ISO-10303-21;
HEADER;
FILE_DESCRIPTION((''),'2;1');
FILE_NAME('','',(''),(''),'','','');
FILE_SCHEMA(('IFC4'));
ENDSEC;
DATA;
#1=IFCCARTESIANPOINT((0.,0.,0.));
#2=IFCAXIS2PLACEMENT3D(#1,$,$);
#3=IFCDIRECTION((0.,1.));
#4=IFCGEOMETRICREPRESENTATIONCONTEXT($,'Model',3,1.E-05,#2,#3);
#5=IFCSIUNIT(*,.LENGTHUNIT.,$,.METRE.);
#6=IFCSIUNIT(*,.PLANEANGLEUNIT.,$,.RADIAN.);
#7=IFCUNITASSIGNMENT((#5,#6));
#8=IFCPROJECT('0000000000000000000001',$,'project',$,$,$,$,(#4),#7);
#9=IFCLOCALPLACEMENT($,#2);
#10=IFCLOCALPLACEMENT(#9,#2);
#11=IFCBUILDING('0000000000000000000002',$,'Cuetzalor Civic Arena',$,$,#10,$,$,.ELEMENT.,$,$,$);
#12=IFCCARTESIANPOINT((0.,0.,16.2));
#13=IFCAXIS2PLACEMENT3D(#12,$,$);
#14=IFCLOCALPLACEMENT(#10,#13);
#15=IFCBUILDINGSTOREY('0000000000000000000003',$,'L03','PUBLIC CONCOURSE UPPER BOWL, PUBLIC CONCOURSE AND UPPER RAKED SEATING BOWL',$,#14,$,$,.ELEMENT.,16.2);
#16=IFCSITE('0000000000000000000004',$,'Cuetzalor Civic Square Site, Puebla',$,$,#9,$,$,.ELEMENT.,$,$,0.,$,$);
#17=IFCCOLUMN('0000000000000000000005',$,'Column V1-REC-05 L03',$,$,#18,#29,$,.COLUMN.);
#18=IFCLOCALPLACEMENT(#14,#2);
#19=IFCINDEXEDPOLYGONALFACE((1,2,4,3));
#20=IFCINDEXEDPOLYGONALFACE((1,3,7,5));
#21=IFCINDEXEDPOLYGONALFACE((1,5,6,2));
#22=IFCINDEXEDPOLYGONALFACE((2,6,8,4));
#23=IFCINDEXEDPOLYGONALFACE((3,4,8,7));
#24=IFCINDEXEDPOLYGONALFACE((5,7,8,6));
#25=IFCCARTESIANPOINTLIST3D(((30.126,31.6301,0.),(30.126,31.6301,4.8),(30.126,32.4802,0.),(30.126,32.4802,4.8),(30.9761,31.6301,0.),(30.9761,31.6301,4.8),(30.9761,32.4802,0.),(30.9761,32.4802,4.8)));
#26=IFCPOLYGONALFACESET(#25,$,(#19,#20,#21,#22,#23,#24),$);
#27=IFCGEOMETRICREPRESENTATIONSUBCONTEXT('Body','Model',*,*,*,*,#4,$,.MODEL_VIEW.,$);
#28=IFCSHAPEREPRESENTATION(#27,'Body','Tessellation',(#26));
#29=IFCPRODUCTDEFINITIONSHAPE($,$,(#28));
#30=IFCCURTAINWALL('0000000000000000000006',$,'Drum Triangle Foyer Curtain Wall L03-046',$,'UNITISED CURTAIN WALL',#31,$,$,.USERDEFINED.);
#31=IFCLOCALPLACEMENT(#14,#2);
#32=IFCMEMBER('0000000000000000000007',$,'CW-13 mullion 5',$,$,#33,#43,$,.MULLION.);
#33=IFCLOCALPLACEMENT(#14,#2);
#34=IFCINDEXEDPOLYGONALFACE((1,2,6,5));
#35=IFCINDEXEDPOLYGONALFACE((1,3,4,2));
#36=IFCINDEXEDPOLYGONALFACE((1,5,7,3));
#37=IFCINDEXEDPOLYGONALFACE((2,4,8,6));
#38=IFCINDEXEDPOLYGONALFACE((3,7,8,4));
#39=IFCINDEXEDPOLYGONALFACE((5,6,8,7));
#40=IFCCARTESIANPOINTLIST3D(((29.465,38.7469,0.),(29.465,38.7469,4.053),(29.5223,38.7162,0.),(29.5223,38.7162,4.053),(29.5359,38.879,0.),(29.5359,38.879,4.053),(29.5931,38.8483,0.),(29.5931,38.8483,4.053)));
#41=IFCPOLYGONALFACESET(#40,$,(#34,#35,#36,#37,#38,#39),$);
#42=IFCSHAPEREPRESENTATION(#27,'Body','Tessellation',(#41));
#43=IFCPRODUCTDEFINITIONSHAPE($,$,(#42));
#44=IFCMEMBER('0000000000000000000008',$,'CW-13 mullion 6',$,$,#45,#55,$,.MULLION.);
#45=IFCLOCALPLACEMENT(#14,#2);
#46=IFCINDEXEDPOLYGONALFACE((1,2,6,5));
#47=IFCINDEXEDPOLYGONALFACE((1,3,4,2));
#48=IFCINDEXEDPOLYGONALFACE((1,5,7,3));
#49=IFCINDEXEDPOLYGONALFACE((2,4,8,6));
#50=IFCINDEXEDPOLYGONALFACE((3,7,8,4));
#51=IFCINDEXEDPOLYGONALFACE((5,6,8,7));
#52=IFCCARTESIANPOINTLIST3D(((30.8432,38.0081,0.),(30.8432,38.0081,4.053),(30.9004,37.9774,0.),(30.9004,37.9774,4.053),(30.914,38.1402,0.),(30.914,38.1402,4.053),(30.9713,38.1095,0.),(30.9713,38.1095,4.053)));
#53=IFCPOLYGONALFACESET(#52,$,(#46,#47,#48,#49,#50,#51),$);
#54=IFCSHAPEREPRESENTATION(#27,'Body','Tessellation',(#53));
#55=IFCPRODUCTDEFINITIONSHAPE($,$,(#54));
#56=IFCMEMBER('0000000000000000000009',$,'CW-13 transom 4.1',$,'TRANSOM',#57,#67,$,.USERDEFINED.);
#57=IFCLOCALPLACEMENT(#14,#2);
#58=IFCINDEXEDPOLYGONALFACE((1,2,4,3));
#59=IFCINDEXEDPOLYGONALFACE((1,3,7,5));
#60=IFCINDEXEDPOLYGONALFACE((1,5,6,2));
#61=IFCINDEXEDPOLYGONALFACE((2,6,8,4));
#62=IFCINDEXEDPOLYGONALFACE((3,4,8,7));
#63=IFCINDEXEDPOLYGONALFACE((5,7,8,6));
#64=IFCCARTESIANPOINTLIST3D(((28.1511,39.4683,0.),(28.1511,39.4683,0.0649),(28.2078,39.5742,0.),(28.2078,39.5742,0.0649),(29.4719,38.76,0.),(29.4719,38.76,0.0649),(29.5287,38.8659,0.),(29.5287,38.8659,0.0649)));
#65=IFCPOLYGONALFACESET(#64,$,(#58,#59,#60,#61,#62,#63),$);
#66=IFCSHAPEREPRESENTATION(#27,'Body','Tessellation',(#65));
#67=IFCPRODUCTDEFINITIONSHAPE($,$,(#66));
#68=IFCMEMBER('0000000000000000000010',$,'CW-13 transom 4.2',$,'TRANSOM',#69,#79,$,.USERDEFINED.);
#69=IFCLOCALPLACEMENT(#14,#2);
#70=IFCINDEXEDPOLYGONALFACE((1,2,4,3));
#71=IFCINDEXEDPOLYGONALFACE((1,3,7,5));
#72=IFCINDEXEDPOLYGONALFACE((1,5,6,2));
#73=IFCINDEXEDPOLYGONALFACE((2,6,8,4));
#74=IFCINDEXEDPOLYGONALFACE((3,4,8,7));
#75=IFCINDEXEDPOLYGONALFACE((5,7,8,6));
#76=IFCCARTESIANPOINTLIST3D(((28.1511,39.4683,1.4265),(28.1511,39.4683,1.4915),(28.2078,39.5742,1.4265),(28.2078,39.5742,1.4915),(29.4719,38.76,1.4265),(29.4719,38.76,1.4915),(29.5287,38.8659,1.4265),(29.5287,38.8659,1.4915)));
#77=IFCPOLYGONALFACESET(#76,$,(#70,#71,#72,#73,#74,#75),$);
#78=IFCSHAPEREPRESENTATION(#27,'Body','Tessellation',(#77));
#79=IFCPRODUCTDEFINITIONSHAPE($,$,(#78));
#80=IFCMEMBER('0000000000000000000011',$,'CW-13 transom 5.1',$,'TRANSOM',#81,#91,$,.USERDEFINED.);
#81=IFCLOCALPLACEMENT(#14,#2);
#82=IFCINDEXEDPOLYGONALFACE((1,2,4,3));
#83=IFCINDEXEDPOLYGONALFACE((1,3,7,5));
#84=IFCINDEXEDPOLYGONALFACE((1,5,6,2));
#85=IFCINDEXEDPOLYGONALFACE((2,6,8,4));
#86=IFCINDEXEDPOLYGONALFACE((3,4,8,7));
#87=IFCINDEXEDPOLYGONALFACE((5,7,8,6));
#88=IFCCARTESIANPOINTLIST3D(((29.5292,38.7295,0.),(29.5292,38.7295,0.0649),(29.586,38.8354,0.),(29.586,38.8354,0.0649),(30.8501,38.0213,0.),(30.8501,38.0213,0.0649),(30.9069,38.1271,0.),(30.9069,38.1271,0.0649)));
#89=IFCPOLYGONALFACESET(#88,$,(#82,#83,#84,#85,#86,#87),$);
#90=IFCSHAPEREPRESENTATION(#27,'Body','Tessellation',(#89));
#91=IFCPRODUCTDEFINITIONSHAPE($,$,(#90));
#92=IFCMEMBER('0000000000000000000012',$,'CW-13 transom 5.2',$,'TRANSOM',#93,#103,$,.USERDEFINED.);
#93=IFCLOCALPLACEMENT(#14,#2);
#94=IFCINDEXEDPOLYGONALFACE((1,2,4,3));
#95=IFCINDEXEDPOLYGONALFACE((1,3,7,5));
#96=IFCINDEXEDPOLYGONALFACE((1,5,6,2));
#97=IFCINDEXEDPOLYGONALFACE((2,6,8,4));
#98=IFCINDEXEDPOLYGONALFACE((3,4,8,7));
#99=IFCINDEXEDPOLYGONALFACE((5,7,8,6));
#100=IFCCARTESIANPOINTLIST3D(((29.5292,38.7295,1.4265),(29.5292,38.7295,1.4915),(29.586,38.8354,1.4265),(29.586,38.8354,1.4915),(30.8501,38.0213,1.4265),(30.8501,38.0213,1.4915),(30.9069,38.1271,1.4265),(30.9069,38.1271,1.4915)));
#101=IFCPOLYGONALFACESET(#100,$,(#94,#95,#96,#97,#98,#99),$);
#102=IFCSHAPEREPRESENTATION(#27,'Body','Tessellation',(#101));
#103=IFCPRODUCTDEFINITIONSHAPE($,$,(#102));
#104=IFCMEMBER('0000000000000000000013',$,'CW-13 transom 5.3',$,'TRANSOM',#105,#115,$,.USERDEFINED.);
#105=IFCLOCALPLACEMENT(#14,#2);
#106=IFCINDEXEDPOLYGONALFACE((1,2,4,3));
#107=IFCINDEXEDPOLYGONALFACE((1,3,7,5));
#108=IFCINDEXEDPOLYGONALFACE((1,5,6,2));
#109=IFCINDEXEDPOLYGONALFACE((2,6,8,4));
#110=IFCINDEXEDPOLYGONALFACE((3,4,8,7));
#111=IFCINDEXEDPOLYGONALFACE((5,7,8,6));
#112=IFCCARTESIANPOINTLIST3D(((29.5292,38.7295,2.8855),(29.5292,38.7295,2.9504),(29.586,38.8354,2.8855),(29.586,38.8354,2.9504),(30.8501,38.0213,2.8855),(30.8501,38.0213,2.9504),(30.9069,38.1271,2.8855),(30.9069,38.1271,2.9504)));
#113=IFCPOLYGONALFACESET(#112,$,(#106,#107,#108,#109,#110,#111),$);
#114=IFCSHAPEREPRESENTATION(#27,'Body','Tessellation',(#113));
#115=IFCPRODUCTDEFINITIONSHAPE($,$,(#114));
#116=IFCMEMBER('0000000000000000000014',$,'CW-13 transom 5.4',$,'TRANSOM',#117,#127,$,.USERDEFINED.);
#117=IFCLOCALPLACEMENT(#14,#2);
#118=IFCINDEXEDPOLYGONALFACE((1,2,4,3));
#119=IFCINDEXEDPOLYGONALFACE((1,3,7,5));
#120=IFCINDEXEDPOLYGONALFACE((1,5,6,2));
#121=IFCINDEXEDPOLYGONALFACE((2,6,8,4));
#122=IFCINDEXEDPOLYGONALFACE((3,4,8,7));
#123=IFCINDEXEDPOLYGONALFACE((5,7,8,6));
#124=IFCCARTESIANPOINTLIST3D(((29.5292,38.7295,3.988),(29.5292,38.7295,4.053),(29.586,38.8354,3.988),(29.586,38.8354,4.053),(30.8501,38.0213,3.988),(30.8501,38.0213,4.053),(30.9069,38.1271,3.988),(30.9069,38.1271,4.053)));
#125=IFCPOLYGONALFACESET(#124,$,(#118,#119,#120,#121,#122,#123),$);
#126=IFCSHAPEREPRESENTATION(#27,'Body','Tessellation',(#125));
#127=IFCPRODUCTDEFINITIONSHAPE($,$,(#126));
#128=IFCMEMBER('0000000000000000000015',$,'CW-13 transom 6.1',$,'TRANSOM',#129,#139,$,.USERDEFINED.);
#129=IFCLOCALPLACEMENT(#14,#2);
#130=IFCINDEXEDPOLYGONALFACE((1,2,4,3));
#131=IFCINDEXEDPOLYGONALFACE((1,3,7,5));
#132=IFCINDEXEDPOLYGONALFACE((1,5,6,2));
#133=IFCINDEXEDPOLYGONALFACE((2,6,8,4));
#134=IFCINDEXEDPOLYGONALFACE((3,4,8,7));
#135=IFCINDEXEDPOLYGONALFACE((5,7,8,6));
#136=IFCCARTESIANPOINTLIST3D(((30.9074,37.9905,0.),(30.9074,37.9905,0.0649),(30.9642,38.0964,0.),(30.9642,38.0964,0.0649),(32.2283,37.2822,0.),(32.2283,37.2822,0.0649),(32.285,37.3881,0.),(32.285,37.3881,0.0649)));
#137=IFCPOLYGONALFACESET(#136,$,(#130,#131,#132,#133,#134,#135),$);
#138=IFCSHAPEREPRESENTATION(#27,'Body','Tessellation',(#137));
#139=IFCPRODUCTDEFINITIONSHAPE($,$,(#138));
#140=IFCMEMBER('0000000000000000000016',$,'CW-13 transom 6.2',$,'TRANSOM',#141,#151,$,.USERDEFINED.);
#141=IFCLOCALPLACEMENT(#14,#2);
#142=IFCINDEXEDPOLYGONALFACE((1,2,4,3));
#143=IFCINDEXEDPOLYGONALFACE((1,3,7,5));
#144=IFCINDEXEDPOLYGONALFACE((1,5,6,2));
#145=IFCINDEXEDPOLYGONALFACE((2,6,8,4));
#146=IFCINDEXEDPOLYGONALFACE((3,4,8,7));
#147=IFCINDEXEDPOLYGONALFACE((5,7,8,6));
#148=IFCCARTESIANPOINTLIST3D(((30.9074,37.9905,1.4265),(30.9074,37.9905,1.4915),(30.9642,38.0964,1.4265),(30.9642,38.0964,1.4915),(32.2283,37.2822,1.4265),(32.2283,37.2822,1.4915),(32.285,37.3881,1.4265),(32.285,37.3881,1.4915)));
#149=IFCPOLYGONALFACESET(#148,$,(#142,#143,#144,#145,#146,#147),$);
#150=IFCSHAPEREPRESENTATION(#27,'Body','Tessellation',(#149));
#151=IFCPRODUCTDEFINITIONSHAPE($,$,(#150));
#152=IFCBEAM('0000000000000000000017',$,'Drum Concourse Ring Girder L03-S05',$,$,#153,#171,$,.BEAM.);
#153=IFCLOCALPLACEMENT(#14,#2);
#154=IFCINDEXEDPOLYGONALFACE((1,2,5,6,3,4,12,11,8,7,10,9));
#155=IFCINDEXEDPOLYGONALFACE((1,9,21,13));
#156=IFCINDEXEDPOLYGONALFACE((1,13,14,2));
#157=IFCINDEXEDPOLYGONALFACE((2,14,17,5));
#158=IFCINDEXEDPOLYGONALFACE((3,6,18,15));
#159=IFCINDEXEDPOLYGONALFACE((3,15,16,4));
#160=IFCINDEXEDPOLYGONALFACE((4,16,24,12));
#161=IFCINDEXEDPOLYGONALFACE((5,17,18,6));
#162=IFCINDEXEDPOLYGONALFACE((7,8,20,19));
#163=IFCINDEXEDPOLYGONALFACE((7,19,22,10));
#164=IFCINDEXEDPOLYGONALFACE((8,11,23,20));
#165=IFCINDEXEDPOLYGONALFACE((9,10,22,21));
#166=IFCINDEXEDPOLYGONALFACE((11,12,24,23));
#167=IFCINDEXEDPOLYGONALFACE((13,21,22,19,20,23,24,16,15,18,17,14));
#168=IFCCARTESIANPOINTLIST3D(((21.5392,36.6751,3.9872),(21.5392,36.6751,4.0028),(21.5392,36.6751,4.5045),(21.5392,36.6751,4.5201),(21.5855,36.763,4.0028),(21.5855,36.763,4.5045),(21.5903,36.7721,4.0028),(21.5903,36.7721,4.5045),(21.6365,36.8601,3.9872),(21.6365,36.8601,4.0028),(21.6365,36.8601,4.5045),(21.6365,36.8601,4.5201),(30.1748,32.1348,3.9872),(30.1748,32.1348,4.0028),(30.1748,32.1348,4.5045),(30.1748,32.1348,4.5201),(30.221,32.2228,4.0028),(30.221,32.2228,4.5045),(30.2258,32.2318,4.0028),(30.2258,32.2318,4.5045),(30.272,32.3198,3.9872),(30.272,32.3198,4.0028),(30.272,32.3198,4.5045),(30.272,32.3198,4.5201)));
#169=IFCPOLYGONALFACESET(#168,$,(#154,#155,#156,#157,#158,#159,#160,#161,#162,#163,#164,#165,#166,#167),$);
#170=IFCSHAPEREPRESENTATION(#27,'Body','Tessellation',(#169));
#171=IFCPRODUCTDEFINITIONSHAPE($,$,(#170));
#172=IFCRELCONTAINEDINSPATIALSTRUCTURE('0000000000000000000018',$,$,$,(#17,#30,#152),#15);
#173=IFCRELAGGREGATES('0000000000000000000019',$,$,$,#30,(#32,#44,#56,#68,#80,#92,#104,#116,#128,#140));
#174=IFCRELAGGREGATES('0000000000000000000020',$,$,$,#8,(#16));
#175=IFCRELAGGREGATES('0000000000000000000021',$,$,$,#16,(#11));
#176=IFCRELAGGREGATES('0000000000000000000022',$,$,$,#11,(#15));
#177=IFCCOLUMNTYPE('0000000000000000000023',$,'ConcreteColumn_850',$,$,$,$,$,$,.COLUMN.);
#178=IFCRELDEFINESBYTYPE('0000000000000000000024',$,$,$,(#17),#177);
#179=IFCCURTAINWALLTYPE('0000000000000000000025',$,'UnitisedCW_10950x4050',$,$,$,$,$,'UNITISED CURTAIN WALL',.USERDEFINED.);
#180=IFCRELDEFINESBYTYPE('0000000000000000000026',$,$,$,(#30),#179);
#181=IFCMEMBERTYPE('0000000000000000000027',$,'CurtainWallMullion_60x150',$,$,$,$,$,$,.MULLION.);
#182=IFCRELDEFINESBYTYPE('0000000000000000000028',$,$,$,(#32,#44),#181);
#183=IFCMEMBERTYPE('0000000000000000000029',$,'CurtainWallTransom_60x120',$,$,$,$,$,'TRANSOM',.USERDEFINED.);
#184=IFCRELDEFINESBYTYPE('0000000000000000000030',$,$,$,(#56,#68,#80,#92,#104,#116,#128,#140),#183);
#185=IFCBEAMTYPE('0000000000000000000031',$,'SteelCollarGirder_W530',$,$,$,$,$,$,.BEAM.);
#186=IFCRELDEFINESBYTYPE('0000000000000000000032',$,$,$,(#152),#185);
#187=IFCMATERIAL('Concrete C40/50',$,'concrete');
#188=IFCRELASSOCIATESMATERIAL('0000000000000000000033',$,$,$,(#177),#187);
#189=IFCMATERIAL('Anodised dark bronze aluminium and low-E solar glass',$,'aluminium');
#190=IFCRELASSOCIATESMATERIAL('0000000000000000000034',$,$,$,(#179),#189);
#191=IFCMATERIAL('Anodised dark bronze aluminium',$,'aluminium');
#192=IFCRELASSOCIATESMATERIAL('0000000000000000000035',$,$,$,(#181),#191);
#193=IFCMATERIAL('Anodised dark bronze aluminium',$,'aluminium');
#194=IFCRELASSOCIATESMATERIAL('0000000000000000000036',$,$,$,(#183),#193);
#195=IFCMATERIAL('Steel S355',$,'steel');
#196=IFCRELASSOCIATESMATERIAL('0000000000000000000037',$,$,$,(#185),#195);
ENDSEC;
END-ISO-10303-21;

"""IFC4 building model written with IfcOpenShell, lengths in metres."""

from ifc_helpers import new_model, si_unit, direction, frame, origin, origin_2d, place, context, subcontext, project, spatial, rectangle, i_section, extrude, material, material_profile, profile_set, type_object, element, aggregate, save


model = new_model("IFC4")

# Units and contexts
model_context = context("Model", 3, precision=1e-05, world=origin(), true_north=direction((0.0, 1.0)))
body_context = subcontext(model_context, "Body", "Model", "MODEL_VIEW")
ifc_project = project(units=[si_unit("LENGTHUNIT", "METRE"), si_unit("PLANEANGLEUNIT", "RADIAN")], contexts=[model_context])

# Site, building, storey
site_placement = place(None, origin())
site = spatial("IfcSite", under=ifc_project, at=site_placement, Name="Cuetzalor Civic Square Site, Puebla", CompositionType="ELEMENT", RefElevation=0.0)
building_placement = place(site_placement, origin())
building = spatial("IfcBuilding", under=site, at=building_placement, Name="Cuetzalor Civic Arena", CompositionType="ELEMENT")
storey_placement = place(building_placement, frame((0.0, 0.0, 16.2)))
storey = spatial("IfcBuildingStorey", under=building, at=storey_placement, Name="L03", Description="PUBLIC CONCOURSE UPPER BOWL, PUBLIC CONCOURSE AND UPPER RAKED SEATING BOWL", CompositionType="ELEMENT", Elevation=16.2)

# Column
ifc_material_1 = material(Name="Concrete C40/50", Category="concrete")
ifc_material_profile_1 = material_profile(ifc_material_1, rectangle(XDim=0.8501, YDim=0.8501, at=origin_2d()), Name="RC 850x850")
ifc_profile_set_1 = profile_set([ifc_material_profile_1], Name="Concrete C40/50")
column_type = type_object("IfcColumnType", Name="ConcreteColumn_850", PredefinedType="COLUMN", material=ifc_profile_set_1)
column_placement = place(storey_placement, frame((30.551, 32.0552, 0.0), z_axis=(0.0, 0.0, 1.0), x_axis=(1.0, 0.0, 0.0)))
element("IfcColumn", 1, at=column_placement, inside=storey, type_object=column_type, Name="Column V1-REC-05 L03", PredefinedType="COLUMN", context=body_context, shape_type="SweptSolid", body=[
    extrude(rectangle(XDim=0.8501, YDim=0.8501, at=origin_2d()), origin(), (0.0, 0.0, 1.0), 4.8),
])

# Curtain wall, members
ifc_material_2 = material(Name="Anodised dark bronze aluminium and low-E solar glass", Category="aluminium")
curtain_wall_type = type_object("IfcCurtainWallType", Name="UnitisedCW_10950x4050", ElementType="UNITISED CURTAIN WALL", PredefinedType="USERDEFINED", material=ifc_material_2)
curtain_wall_placement = place(storey_placement, origin())
curtain_wall = element("IfcCurtainWall", 2, at=curtain_wall_placement, inside=storey, type_object=curtain_wall_type, Name="Drum Triangle Foyer Curtain Wall L03-046", ObjectType="UNITISED CURTAIN WALL", PredefinedType="USERDEFINED")
ifc_material_3 = material(Name="Anodised dark bronze aluminium", Category="aluminium")
ifc_material_profile_2 = material_profile(ifc_material_3, rectangle(XDim=0.0649, YDim=0.1499, at=origin_2d()), Name="ALU MULLION 65x150")
ifc_profile_set_2 = profile_set([ifc_material_profile_2], Name="Anodised dark bronze aluminium")
member_type_1 = type_object("IfcMemberType", Name="CurtainWallMullion_60x150", PredefinedType="MULLION", material=ifc_profile_set_2)
member_1_placement = place(storey_placement, frame((29.5291, 38.7976, 0.0), z_axis=(0.0, 0.0, 1.0), x_axis=(0.881306, -0.472545, 0.0)))
member_1 = element("IfcMember", 3, at=member_1_placement, type_object=member_type_1, Name="CW-13 mullion 5", PredefinedType="MULLION", context=body_context, shape_type="SweptSolid", body=[
    extrude(rectangle(XDim=0.0649, YDim=0.1499, at=origin_2d()), origin(), (0.0, 0.0, 1.0), 4.053),
])
member_2_placement = place(storey_placement, frame((30.9072, 38.0588, 0.0), z_axis=(0.0, 0.0, 1.0), x_axis=(0.881306, -0.472545, 0.0)))
member_2 = element("IfcMember", 4, at=member_2_placement, type_object=member_type_1, Name="CW-13 mullion 6", PredefinedType="MULLION", context=body_context, shape_type="SweptSolid", body=[
    extrude(rectangle(XDim=0.0649, YDim=0.1499, at=origin_2d()), origin(), (0.0, 0.0, 1.0), 4.053),
])
ifc_material_4 = material(Name="Anodised dark bronze aluminium", Category="aluminium")
ifc_material_profile_3 = material_profile(ifc_material_4, rectangle(XDim=0.1201, YDim=0.0649, at=origin_2d()), Name="ALU TRANSOM 65x120")
ifc_profile_set_3 = profile_set([ifc_material_profile_3], Name="Anodised dark bronze aluminium")
member_type_2 = type_object("IfcMemberType", Name="CurtainWallTransom_60x120", ElementType="TRANSOM", PredefinedType="USERDEFINED", material=ifc_profile_set_3)
member_3_placement = place(storey_placement, frame((28.1794, 39.5212, 0.0325), z_axis=(0.881291, -0.472574, 0.0), x_axis=(0.472574, 0.881291, 0.0)))
member_3 = element("IfcMember", 5, at=member_3_placement, type_object=member_type_2, Name="CW-13 transom 4.1", ObjectType="TRANSOM", PredefinedType="USERDEFINED", context=body_context, shape_type="SweptSolid", body=[
    extrude(rectangle(XDim=0.1201, YDim=0.0649, at=origin_2d()), origin(), (0.0, 0.0, 1.0), 1.4988),
])
member_4_placement = place(storey_placement, frame((28.1794, 39.5212, 1.459), z_axis=(0.881291, -0.472574, 0.0), x_axis=(0.472574, 0.881291, 0.0)))
member_4 = element("IfcMember", 6, at=member_4_placement, type_object=member_type_2, Name="CW-13 transom 4.2", ObjectType="TRANSOM", PredefinedType="USERDEFINED", context=body_context, shape_type="SweptSolid", body=[
    extrude(rectangle(XDim=0.1201, YDim=0.0649, at=origin_2d()), origin(), (0.0, 0.0, 1.0), 1.4988),
])
member_5_placement = place(storey_placement, frame((29.5576, 38.7825, 0.0325), z_axis=(0.881291, -0.472574, 0.0), x_axis=(0.472574, 0.881291, 0.0)))
member_5 = element("IfcMember", 7, at=member_5_placement, type_object=member_type_2, Name="CW-13 transom 5.1", ObjectType="TRANSOM", PredefinedType="USERDEFINED", context=body_context, shape_type="SweptSolid", body=[
    extrude(rectangle(XDim=0.1201, YDim=0.0649, at=origin_2d()), origin(), (0.0, 0.0, 1.0), 1.4988),
])
member_6_placement = place(storey_placement, frame((29.5576, 38.7825, 1.459), z_axis=(0.881291, -0.472574, 0.0), x_axis=(0.472574, 0.881291, 0.0)))
member_6 = element("IfcMember", 8, at=member_6_placement, type_object=member_type_2, Name="CW-13 transom 5.2", ObjectType="TRANSOM", PredefinedType="USERDEFINED", context=body_context, shape_type="SweptSolid", body=[
    extrude(rectangle(XDim=0.1201, YDim=0.0649, at=origin_2d()), origin(), (0.0, 0.0, 1.0), 1.4988),
])
member_7_placement = place(storey_placement, frame((29.5576, 38.7825, 2.918), z_axis=(0.881291, -0.472574, 0.0), x_axis=(0.472574, 0.881291, 0.0)))
member_7 = element("IfcMember", 9, at=member_7_placement, type_object=member_type_2, Name="CW-13 transom 5.3", ObjectType="TRANSOM", PredefinedType="USERDEFINED", context=body_context, shape_type="SweptSolid", body=[
    extrude(rectangle(XDim=0.1201, YDim=0.0649, at=origin_2d()), origin(), (0.0, 0.0, 1.0), 1.4988),
])
member_8_placement = place(storey_placement, frame((29.5576, 38.7825, 4.0205), z_axis=(0.881291, -0.472574, 0.0), x_axis=(0.472574, 0.881291, 0.0)))
member_8 = element("IfcMember", 10, at=member_8_placement, type_object=member_type_2, Name="CW-13 transom 5.4", ObjectType="TRANSOM", PredefinedType="USERDEFINED", context=body_context, shape_type="SweptSolid", body=[
    extrude(rectangle(XDim=0.1201, YDim=0.0649, at=origin_2d()), origin(), (0.0, 0.0, 1.0), 1.4988),
])
member_9_placement = place(storey_placement, frame((30.9358, 38.0435, 0.0325), z_axis=(0.881291, -0.472574, 0.0), x_axis=(0.472574, 0.881291, 0.0)))
member_9 = element("IfcMember", 11, at=member_9_placement, type_object=member_type_2, Name="CW-13 transom 6.1", ObjectType="TRANSOM", PredefinedType="USERDEFINED", context=body_context, shape_type="SweptSolid", body=[
    extrude(rectangle(XDim=0.1201, YDim=0.0649, at=origin_2d()), origin(), (0.0, 0.0, 1.0), 1.4988),
])
member_10_placement = place(storey_placement, frame((30.9358, 38.0435, 1.459), z_axis=(0.881291, -0.472574, 0.0), x_axis=(0.472574, 0.881291, 0.0)))
member_10 = element("IfcMember", 12, at=member_10_placement, type_object=member_type_2, Name="CW-13 transom 6.2", ObjectType="TRANSOM", PredefinedType="USERDEFINED", context=body_context, shape_type="SweptSolid", body=[
    extrude(rectangle(XDim=0.1201, YDim=0.0649, at=origin_2d()), origin(), (0.0, 0.0, 1.0), 1.4988),
])

# Beam
ifc_material_5 = material(Name="Steel S355", Category="steel")
ifc_material_profile_4 = material_profile(ifc_material_5, i_section(OverallWidth=0.209, OverallDepth=0.533, WebThickness=0.0103, FlangeThickness=0.0156, at=origin_2d()), Name="W530x92")
ifc_profile_set_4 = profile_set([ifc_material_profile_4], Name="Steel S355")
beam_type_1 = type_object("IfcBeamType", Name="SteelCollarGirder_W530", PredefinedType="BEAM", material=ifc_profile_set_4)
beam_1_placement = place(storey_placement, frame((30.2234, 32.2273, 4.2537), z_axis=(-0.885117, 0.465368, 0.0), x_axis=(-0.465368, -0.885117, 0.0)))
element("IfcBeam", 13, at=beam_1_placement, inside=storey, type_object=beam_type_1, Name="Drum Concourse Ring Girder L03-S05", PredefinedType="BEAM", context=body_context, shape_type="SweptSolid", body=[
    extrude(i_section(OverallWidth=0.209, OverallDepth=0.533, WebThickness=0.0103, FlangeThickness=0.0156, at=origin_2d()), origin(), (0.0, 0.0, 1.0), 9.7563),
])

aggregate(curtain_wall, [member_1, member_2, member_3, member_4, member_5, member_6, member_7, member_8, member_9, member_10])

save(model, "model.ifc")
